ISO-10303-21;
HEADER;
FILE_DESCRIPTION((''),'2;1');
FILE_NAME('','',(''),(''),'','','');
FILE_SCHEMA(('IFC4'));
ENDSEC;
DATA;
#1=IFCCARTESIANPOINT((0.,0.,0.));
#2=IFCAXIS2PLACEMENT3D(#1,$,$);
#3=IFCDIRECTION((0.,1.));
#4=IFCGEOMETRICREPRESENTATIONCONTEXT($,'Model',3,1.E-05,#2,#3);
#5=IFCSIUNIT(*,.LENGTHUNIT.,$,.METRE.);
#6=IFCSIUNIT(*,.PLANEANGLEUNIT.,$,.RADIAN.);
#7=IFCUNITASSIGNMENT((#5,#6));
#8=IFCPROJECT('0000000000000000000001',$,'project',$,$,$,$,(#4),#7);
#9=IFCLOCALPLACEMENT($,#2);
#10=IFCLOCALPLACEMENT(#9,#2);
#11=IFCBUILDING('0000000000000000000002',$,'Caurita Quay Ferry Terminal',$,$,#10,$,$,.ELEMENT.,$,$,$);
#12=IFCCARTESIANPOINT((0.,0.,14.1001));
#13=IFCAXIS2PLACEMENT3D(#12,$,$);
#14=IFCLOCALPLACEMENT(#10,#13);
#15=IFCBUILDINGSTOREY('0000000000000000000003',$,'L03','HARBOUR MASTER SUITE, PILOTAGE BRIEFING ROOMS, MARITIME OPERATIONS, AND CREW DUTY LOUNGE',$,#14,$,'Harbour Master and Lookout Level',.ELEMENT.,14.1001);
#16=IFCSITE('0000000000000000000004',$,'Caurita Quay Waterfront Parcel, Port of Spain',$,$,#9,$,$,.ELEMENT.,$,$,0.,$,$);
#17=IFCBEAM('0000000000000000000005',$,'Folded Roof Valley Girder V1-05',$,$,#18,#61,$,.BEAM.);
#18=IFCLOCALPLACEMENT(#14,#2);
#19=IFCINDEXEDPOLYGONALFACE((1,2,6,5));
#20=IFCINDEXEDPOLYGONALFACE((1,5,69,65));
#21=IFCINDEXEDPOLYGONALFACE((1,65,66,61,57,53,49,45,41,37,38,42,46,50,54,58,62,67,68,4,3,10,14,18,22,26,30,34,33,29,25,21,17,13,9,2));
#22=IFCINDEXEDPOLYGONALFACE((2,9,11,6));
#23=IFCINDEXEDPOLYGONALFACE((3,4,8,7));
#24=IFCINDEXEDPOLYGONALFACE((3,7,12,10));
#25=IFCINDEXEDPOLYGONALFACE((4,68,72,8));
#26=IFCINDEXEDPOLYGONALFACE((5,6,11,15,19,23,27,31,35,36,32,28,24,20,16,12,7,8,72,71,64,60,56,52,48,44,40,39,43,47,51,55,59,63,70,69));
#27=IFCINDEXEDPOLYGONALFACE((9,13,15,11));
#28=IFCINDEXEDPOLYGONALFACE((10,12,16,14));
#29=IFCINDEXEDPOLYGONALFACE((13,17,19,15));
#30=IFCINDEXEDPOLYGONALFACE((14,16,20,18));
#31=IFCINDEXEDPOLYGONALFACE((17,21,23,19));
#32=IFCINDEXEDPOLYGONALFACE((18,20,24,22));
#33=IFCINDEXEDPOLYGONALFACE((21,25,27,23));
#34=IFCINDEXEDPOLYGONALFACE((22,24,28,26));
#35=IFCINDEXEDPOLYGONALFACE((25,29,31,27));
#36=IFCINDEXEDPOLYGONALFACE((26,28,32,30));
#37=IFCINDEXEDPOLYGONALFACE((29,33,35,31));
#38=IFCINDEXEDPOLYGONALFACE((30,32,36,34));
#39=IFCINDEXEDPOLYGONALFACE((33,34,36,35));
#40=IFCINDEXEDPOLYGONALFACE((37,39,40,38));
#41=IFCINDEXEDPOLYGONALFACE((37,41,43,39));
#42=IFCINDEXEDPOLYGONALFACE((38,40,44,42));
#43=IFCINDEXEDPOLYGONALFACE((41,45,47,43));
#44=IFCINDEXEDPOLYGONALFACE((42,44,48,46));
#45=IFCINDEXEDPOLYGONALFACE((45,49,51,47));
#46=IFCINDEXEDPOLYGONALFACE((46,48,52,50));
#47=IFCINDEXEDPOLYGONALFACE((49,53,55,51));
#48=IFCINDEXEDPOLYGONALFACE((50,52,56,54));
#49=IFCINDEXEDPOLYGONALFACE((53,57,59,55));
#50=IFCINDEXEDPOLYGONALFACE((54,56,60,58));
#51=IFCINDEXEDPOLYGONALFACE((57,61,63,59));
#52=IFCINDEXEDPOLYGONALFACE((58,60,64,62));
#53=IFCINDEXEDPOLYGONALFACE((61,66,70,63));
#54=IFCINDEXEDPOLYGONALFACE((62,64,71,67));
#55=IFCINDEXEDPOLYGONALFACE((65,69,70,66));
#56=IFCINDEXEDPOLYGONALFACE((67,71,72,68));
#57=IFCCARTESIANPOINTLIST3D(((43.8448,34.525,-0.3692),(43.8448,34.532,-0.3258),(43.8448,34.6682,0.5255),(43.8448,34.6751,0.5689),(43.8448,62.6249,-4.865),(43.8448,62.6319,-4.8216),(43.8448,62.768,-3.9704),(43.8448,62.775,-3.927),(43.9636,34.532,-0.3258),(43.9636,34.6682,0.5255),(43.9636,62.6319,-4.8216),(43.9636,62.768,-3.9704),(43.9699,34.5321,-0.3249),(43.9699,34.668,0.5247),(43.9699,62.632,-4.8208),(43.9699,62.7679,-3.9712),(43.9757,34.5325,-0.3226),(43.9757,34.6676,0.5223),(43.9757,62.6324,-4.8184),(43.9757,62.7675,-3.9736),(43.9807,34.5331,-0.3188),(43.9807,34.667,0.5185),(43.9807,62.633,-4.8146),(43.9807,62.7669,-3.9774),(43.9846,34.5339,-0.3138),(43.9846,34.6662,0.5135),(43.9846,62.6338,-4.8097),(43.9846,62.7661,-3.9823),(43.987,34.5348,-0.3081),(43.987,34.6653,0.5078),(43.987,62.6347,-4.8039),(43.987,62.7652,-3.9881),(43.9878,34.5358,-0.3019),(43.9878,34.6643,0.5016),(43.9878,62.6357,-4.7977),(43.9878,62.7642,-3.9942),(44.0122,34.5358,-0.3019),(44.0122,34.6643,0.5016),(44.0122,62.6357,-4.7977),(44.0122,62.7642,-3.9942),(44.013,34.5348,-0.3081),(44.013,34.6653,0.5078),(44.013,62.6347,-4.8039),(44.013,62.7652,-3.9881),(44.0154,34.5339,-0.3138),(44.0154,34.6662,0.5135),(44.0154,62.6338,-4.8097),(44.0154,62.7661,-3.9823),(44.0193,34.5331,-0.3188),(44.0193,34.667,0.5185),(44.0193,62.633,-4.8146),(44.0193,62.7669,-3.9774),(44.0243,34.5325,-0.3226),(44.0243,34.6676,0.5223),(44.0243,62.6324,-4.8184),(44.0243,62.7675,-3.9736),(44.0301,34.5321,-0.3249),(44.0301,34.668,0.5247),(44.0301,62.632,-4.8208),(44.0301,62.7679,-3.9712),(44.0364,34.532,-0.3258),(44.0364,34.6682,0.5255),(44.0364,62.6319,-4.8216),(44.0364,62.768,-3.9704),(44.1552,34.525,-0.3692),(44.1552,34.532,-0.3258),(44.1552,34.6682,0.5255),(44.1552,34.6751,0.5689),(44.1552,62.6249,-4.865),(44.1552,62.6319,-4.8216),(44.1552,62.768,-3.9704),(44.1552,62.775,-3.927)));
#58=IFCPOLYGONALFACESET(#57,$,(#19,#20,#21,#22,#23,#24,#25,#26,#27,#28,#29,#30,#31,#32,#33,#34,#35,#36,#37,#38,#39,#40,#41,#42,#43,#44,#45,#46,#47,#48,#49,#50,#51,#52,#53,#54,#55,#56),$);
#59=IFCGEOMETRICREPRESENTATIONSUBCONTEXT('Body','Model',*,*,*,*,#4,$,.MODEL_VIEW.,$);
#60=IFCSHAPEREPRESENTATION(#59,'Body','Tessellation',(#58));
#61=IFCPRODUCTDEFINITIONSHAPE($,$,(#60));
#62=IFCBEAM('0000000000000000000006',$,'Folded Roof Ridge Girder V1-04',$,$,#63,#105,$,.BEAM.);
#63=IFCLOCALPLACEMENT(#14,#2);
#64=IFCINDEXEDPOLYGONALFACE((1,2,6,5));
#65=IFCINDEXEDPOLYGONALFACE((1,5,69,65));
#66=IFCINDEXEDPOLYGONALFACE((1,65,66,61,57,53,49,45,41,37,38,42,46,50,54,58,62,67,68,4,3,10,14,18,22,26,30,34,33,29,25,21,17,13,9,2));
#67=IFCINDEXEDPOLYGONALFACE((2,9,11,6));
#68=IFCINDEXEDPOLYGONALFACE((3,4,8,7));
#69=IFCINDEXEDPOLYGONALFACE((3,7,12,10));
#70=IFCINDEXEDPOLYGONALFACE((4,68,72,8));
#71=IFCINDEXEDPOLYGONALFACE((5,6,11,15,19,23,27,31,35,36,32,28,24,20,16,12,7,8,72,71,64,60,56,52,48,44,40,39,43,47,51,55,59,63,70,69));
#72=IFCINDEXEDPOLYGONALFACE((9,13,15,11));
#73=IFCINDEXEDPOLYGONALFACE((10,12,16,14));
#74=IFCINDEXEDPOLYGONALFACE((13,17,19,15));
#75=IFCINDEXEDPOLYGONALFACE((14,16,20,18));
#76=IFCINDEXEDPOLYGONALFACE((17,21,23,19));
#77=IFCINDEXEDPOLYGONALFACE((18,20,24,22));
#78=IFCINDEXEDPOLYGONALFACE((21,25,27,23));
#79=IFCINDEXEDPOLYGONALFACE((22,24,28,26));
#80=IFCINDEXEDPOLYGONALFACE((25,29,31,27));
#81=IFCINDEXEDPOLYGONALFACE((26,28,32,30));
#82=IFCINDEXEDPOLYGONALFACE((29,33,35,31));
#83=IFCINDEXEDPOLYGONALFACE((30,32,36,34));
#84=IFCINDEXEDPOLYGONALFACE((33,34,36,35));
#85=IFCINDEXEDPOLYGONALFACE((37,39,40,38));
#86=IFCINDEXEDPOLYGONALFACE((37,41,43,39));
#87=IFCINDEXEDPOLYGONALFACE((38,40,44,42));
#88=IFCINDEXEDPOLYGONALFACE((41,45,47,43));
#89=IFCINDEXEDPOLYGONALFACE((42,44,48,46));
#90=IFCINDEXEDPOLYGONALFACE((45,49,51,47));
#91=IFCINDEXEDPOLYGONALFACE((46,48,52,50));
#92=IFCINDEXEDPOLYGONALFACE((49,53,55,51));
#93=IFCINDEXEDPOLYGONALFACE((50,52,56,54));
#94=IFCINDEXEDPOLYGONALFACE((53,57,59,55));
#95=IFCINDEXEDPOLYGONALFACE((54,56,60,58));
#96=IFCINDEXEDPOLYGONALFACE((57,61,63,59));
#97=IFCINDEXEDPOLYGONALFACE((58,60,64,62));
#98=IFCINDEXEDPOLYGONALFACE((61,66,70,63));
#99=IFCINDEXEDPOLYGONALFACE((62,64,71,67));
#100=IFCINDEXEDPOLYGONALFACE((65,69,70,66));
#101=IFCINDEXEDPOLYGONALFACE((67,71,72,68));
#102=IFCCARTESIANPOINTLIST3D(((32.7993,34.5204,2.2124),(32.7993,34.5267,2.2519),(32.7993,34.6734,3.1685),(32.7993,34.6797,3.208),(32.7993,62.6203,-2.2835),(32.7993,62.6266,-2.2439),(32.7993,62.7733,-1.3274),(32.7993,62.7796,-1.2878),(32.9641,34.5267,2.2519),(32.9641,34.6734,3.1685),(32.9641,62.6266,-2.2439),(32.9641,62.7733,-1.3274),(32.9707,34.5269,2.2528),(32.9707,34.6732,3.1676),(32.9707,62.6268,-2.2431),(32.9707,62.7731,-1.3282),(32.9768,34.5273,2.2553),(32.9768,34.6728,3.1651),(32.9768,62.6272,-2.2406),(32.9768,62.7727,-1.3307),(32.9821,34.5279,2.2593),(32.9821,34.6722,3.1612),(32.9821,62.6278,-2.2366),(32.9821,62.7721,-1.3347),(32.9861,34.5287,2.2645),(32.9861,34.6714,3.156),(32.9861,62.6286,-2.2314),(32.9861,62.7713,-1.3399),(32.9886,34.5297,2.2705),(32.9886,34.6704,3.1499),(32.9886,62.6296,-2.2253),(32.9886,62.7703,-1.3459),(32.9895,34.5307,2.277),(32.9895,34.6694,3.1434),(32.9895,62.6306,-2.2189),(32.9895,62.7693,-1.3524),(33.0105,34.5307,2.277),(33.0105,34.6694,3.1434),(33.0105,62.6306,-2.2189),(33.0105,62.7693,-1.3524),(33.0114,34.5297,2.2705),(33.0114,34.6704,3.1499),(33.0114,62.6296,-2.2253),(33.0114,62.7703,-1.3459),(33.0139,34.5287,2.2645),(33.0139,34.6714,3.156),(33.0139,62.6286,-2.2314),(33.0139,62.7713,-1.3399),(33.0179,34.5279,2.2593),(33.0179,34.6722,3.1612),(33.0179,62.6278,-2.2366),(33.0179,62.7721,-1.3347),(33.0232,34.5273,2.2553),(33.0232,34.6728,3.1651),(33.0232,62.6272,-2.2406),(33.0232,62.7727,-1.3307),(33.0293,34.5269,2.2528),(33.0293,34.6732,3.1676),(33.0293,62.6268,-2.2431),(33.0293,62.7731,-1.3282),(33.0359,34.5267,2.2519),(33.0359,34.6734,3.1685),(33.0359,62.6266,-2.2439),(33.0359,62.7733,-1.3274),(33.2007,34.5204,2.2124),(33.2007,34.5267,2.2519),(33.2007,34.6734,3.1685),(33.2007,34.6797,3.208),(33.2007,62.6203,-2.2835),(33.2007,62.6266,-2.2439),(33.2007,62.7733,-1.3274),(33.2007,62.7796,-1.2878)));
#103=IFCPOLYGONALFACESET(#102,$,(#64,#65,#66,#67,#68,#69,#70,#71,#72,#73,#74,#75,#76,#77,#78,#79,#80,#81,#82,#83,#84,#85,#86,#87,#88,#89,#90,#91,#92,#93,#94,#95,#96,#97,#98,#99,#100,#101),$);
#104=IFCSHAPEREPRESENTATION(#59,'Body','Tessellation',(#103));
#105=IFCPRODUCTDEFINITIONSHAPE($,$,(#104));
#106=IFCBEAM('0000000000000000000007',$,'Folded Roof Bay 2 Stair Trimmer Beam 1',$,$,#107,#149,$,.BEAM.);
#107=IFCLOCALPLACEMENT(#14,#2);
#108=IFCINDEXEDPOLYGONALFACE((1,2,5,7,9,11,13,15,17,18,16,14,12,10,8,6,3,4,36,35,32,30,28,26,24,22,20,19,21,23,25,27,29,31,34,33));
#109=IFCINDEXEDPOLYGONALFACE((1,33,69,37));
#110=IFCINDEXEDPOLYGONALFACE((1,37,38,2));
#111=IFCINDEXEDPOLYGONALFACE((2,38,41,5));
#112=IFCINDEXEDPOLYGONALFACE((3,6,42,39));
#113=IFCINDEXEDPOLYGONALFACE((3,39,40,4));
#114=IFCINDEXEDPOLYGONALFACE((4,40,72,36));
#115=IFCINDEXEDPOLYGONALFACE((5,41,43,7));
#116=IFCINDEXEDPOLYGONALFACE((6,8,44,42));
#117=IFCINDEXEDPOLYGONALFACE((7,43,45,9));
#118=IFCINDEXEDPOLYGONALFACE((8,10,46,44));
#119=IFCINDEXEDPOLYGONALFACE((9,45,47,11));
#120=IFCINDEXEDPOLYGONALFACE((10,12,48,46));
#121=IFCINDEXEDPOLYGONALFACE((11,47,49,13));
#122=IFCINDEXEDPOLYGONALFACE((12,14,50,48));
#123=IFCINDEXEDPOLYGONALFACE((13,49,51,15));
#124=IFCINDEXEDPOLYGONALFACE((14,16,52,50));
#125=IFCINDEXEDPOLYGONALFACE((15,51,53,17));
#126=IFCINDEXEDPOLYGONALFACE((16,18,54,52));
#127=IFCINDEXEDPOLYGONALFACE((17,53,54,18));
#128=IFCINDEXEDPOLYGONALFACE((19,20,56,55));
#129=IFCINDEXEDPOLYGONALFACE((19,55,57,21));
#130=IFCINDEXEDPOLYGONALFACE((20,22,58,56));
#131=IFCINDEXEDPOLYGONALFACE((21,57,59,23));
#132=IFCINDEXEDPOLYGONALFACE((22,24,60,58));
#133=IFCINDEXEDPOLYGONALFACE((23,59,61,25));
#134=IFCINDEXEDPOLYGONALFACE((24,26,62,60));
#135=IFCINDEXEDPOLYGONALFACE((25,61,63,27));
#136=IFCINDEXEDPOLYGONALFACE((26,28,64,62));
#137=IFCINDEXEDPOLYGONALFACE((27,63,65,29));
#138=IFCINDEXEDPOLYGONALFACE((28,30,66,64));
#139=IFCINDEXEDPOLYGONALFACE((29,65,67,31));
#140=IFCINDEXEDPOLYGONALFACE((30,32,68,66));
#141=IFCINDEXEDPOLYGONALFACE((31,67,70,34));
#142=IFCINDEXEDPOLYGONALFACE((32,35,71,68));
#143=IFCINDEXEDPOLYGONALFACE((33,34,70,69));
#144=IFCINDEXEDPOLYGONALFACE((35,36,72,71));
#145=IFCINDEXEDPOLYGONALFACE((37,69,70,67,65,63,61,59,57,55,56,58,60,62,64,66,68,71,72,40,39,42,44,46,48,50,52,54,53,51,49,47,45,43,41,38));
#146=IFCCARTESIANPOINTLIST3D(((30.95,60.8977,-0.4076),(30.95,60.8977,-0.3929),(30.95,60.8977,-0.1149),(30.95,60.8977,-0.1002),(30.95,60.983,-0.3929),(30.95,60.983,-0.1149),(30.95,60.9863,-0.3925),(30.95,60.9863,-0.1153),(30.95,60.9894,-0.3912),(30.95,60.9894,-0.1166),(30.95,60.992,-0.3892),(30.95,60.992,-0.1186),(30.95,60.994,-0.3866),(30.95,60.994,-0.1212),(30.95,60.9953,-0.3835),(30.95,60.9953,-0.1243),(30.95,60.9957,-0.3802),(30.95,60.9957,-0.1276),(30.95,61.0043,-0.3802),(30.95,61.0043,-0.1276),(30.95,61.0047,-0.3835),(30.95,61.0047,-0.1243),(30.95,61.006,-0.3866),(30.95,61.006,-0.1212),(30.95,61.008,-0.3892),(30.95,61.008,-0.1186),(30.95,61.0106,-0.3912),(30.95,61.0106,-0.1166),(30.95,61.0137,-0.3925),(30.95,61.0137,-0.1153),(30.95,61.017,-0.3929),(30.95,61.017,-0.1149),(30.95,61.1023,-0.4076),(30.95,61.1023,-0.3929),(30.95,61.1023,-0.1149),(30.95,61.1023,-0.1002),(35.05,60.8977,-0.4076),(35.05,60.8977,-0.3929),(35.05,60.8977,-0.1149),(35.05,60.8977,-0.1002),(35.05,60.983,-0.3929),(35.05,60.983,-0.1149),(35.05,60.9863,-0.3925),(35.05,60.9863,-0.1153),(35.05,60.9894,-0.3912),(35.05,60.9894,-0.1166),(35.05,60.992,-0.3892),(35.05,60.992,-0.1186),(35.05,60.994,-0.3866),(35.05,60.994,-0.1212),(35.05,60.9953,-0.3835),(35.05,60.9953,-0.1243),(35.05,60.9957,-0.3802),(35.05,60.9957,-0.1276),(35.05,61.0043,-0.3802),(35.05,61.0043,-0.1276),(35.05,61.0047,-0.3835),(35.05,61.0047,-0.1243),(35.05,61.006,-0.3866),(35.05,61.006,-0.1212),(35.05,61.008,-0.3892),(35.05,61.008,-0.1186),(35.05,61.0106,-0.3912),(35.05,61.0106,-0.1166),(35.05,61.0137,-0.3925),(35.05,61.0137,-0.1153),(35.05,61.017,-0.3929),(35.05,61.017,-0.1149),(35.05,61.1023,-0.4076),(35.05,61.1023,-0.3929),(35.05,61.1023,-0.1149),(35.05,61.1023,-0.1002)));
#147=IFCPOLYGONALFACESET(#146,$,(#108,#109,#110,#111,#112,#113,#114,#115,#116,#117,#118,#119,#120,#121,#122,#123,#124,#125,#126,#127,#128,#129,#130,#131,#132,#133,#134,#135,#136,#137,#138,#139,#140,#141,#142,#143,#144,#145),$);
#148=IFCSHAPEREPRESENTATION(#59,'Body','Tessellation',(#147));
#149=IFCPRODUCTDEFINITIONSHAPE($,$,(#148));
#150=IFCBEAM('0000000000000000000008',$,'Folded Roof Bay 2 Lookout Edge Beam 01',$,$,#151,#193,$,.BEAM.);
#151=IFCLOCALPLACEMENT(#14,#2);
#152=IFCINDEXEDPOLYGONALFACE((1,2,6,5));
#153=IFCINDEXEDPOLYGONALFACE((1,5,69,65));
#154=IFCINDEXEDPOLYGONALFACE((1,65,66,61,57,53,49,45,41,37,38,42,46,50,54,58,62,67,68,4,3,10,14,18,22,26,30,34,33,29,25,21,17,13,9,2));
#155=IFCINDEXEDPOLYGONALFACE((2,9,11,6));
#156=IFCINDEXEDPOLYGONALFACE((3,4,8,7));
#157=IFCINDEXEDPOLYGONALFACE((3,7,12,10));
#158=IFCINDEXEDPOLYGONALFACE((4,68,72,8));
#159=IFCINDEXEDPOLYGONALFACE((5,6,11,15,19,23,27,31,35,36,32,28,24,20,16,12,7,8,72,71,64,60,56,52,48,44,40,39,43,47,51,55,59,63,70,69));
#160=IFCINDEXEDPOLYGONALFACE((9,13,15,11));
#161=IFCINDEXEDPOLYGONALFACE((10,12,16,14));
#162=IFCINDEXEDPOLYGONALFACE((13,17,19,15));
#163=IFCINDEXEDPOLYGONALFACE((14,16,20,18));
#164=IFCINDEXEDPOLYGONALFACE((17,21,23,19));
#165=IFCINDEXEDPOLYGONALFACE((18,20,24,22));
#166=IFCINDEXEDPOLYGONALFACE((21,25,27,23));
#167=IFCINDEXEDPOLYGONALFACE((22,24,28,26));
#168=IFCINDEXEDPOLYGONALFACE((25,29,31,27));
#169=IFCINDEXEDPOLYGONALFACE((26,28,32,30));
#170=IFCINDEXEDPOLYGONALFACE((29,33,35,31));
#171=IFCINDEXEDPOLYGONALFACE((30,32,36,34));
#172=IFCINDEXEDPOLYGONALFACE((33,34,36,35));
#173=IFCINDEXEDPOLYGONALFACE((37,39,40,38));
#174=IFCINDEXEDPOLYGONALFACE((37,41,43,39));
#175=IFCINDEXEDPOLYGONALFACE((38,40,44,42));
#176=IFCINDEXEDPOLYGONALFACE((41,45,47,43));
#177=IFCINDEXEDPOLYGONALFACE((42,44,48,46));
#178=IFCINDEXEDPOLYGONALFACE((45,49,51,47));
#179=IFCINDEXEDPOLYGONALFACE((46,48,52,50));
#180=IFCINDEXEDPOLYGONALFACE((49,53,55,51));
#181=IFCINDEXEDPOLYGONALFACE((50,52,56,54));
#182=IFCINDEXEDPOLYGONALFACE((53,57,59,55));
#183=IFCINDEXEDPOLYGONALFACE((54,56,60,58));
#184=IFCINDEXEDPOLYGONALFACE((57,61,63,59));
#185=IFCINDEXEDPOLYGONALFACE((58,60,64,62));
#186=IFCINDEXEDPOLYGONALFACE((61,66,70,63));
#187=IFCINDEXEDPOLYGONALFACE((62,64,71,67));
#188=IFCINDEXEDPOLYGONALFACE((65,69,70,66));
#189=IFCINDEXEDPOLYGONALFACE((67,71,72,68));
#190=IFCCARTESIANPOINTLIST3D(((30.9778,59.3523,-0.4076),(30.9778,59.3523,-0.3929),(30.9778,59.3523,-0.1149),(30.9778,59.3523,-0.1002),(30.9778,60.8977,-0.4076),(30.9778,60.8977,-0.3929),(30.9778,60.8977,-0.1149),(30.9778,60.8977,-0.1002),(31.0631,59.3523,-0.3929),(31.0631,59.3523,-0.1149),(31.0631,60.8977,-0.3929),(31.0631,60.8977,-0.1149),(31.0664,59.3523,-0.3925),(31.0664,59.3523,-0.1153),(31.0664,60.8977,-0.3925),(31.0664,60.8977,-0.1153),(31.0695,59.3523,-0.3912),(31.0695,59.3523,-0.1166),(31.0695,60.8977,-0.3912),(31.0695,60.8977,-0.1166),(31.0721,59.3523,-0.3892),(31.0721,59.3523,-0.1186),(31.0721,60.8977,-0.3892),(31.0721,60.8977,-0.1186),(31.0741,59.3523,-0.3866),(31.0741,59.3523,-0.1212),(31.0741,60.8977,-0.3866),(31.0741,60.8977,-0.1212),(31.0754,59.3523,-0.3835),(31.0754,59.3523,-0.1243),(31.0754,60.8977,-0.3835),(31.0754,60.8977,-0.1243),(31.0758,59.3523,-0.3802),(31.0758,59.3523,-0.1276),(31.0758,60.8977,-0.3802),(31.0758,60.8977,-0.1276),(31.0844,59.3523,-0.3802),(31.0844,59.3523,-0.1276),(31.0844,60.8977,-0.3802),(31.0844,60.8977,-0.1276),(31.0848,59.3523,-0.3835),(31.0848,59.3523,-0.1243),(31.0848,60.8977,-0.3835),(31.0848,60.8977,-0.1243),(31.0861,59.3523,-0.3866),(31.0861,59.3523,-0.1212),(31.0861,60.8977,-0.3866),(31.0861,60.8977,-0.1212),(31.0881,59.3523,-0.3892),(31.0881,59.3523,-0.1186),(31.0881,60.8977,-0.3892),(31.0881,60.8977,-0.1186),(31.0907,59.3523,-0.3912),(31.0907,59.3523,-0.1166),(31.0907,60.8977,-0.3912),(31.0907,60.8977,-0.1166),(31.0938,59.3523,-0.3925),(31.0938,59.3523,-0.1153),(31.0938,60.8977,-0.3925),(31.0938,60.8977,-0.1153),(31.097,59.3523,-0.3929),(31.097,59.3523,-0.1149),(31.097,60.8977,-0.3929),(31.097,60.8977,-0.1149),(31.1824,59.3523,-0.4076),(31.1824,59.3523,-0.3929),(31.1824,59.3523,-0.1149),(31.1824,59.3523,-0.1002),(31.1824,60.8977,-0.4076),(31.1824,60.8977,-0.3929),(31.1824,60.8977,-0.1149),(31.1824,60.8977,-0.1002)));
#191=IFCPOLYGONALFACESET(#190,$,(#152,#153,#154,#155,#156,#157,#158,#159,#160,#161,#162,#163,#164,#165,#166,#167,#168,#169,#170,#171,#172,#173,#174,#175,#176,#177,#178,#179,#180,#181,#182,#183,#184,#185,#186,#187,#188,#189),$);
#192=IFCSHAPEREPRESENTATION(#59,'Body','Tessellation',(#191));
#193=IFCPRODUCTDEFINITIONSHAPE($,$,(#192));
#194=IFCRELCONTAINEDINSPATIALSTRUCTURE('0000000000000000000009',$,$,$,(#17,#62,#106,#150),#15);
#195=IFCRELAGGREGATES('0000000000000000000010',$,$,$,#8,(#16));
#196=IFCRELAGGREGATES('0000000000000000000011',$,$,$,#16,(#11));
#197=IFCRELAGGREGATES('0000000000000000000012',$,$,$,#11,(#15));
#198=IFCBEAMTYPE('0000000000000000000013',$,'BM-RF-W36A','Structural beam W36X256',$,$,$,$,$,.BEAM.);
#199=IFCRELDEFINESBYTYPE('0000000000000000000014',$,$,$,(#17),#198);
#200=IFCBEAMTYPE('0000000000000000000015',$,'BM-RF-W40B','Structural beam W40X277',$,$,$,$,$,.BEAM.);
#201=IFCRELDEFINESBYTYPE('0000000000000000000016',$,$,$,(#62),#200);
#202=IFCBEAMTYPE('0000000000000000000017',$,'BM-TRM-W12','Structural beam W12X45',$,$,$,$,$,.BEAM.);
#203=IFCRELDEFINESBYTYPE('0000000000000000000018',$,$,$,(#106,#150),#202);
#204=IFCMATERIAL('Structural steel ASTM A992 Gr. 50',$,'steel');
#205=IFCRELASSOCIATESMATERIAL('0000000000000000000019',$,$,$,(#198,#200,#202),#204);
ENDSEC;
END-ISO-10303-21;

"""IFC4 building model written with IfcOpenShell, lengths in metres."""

from ifc_helpers import new_model, si_unit, direction, frame, origin, origin_2d, place, context, subcontext, project, spatial, i_section, extrude, material, material_profile, profile_set, type_object, element, save


model = new_model("IFC4")

# Units and contexts
model_context = context("Model", 3, precision=1e-05, world=origin(), true_north=direction((0.0, 1.0)))
body_context = subcontext(model_context, "Body", "Model", "MODEL_VIEW")
ifc_project = project(units=[si_unit("LENGTHUNIT", "METRE"), si_unit("PLANEANGLEUNIT", "RADIAN")], contexts=[model_context])

# Site, building, storey
site_placement = place(None, origin())
site = spatial("IfcSite", under=ifc_project, at=site_placement, Name="Caurita Quay Waterfront Parcel, Port of Spain", CompositionType="ELEMENT", RefElevation=0.0)
building_placement = place(site_placement, origin())
building = spatial("IfcBuilding", under=site, at=building_placement, Name="Caurita Quay Ferry Terminal", CompositionType="ELEMENT")
storey_placement = place(building_placement, frame((0.0, 0.0, 14.1001)))
storey = spatial("IfcBuildingStorey", under=building, at=storey_placement, Name="L03", Description="HARBOUR MASTER SUITE, PILOTAGE BRIEFING ROOMS, MARITIME OPERATIONS, AND CREW DUTY LOUNGE", LongName="Harbour Master and Lookout Level", CompositionType="ELEMENT", Elevation=14.1001)

# Beams
ifc_material_1 = material(Name="Structural steel ASTM A992 Gr. 50", Category="steel")
ifc_material_profile_1 = material_profile(ifc_material_1, i_section(OverallWidth=0.3103, OverallDepth=0.95, WebThickness=0.0244, FlangeThickness=0.0439, FilletRadius=0.0242, at=origin_2d()), Name="W36X256")
ifc_profile_set_1 = profile_set([ifc_material_profile_1], Name="Structural steel ASTM A992 Gr. 50")
beam_type_1 = type_object("IfcBeamType", Name="BM-RF-W36A", Description="Structural beam W36X256", PredefinedType="BEAM", material=ifc_profile_set_1)
beam_1_placement = place(storey_placement, frame((44.0, 62.7, -4.396), z_axis=(0.0, -0.987441, 0.157986), x_axis=(1.0, 0.0, 0.0)))
element("IfcBeam", 1, at=beam_1_placement, inside=storey, type_object=beam_type_1, Name="Folded Roof Valley Girder V1-05", PredefinedType="BEAM", context=body_context, shape_type="SweptSolid", body=[
    extrude(i_section(OverallWidth=0.3103, OverallDepth=0.95, WebThickness=0.0244, FlangeThickness=0.0439, FilletRadius=0.0242, at=origin_2d()), origin(), (0.0, 0.0, 1.0), 28.4573),
])
ifc_material_profile_2 = material_profile(ifc_material_1, i_section(OverallWidth=0.4014, OverallDepth=1.0083, WebThickness=0.021, FlangeThickness=0.04, FilletRadius=0.0254, at=origin_2d()), Name="W40X277")
ifc_profile_set_2 = profile_set([ifc_material_profile_2], Name="Structural steel ASTM A992 Gr. 50")
beam_type_2 = type_object("IfcBeamType", Name="BM-RF-W40B", Description="Structural beam W40X277", PredefinedType="BEAM", material=ifc_profile_set_2)
beam_2_placement = place(storey_placement, frame((33.0, 62.7, -1.7856), z_axis=(0.0, -0.987441, 0.157986), x_axis=(1.0, 0.0, 0.0)))
element("IfcBeam", 2, at=beam_2_placement, inside=storey, type_object=beam_type_2, Name="Folded Roof Ridge Girder V1-04", PredefinedType="BEAM", context=body_context, shape_type="SweptSolid", body=[
    extrude(i_section(OverallWidth=0.4014, OverallDepth=1.0083, WebThickness=0.021, FlangeThickness=0.04, FilletRadius=0.0254, at=origin_2d()), origin(), (0.0, 0.0, 1.0), 28.4573),
])
ifc_material_profile_3 = material_profile(ifc_material_1, i_section(OverallWidth=0.2046, OverallDepth=0.3074, WebThickness=0.0085, FlangeThickness=0.0146, FilletRadius=0.0127, at=origin_2d()), Name="W12X45")
ifc_profile_set_3 = profile_set([ifc_material_profile_3], Name="Structural steel ASTM A992 Gr. 50")
beam_type_3 = type_object("IfcBeamType", Name="BM-TRM-W12", Description="Structural beam W12X45", PredefinedType="BEAM", material=ifc_profile_set_3)
beam_3_placement = place(storey_placement, frame((30.95, 61.0, -0.2539), z_axis=(1.0, 0.0, 0.0), x_axis=(0.0, 1.0, 0.0)))
element("IfcBeam", 3, at=beam_3_placement, inside=storey, type_object=beam_type_3, Name="Folded Roof Bay 2 Stair Trimmer Beam 1", PredefinedType="BEAM", context=body_context, shape_type="SweptSolid", body=[
    extrude(i_section(OverallWidth=0.2046, OverallDepth=0.3074, WebThickness=0.0085, FlangeThickness=0.0146, FilletRadius=0.0127, at=origin_2d()), origin(), (0.0, 0.0, 1.0), 4.1001),
])
for number, where, z_axis, x_axis, name in (
    (4, (31.0801, 60.8977, -0.2539), (0.0, -1.0, 0.0), (1.0, 0.0, 0.0), "Folded Roof Bay 2 Lookout Edge Beam 01"),
):
    element("IfcBeam", number, at=place(storey_placement, frame(where, z_axis=z_axis, x_axis=x_axis)), inside=storey, type_object=beam_type_3, Name=name, PredefinedType="BEAM", context=body_context, shape_type="SweptSolid", body=[
        extrude(i_section(OverallWidth=0.2046, OverallDepth=0.3074, WebThickness=0.0085, FlangeThickness=0.0146, FilletRadius=0.0127, at=origin_2d()), origin(), (0.0, 0.0, 1.0), 1.5454),
    ])

save(model, "model.ifc")
